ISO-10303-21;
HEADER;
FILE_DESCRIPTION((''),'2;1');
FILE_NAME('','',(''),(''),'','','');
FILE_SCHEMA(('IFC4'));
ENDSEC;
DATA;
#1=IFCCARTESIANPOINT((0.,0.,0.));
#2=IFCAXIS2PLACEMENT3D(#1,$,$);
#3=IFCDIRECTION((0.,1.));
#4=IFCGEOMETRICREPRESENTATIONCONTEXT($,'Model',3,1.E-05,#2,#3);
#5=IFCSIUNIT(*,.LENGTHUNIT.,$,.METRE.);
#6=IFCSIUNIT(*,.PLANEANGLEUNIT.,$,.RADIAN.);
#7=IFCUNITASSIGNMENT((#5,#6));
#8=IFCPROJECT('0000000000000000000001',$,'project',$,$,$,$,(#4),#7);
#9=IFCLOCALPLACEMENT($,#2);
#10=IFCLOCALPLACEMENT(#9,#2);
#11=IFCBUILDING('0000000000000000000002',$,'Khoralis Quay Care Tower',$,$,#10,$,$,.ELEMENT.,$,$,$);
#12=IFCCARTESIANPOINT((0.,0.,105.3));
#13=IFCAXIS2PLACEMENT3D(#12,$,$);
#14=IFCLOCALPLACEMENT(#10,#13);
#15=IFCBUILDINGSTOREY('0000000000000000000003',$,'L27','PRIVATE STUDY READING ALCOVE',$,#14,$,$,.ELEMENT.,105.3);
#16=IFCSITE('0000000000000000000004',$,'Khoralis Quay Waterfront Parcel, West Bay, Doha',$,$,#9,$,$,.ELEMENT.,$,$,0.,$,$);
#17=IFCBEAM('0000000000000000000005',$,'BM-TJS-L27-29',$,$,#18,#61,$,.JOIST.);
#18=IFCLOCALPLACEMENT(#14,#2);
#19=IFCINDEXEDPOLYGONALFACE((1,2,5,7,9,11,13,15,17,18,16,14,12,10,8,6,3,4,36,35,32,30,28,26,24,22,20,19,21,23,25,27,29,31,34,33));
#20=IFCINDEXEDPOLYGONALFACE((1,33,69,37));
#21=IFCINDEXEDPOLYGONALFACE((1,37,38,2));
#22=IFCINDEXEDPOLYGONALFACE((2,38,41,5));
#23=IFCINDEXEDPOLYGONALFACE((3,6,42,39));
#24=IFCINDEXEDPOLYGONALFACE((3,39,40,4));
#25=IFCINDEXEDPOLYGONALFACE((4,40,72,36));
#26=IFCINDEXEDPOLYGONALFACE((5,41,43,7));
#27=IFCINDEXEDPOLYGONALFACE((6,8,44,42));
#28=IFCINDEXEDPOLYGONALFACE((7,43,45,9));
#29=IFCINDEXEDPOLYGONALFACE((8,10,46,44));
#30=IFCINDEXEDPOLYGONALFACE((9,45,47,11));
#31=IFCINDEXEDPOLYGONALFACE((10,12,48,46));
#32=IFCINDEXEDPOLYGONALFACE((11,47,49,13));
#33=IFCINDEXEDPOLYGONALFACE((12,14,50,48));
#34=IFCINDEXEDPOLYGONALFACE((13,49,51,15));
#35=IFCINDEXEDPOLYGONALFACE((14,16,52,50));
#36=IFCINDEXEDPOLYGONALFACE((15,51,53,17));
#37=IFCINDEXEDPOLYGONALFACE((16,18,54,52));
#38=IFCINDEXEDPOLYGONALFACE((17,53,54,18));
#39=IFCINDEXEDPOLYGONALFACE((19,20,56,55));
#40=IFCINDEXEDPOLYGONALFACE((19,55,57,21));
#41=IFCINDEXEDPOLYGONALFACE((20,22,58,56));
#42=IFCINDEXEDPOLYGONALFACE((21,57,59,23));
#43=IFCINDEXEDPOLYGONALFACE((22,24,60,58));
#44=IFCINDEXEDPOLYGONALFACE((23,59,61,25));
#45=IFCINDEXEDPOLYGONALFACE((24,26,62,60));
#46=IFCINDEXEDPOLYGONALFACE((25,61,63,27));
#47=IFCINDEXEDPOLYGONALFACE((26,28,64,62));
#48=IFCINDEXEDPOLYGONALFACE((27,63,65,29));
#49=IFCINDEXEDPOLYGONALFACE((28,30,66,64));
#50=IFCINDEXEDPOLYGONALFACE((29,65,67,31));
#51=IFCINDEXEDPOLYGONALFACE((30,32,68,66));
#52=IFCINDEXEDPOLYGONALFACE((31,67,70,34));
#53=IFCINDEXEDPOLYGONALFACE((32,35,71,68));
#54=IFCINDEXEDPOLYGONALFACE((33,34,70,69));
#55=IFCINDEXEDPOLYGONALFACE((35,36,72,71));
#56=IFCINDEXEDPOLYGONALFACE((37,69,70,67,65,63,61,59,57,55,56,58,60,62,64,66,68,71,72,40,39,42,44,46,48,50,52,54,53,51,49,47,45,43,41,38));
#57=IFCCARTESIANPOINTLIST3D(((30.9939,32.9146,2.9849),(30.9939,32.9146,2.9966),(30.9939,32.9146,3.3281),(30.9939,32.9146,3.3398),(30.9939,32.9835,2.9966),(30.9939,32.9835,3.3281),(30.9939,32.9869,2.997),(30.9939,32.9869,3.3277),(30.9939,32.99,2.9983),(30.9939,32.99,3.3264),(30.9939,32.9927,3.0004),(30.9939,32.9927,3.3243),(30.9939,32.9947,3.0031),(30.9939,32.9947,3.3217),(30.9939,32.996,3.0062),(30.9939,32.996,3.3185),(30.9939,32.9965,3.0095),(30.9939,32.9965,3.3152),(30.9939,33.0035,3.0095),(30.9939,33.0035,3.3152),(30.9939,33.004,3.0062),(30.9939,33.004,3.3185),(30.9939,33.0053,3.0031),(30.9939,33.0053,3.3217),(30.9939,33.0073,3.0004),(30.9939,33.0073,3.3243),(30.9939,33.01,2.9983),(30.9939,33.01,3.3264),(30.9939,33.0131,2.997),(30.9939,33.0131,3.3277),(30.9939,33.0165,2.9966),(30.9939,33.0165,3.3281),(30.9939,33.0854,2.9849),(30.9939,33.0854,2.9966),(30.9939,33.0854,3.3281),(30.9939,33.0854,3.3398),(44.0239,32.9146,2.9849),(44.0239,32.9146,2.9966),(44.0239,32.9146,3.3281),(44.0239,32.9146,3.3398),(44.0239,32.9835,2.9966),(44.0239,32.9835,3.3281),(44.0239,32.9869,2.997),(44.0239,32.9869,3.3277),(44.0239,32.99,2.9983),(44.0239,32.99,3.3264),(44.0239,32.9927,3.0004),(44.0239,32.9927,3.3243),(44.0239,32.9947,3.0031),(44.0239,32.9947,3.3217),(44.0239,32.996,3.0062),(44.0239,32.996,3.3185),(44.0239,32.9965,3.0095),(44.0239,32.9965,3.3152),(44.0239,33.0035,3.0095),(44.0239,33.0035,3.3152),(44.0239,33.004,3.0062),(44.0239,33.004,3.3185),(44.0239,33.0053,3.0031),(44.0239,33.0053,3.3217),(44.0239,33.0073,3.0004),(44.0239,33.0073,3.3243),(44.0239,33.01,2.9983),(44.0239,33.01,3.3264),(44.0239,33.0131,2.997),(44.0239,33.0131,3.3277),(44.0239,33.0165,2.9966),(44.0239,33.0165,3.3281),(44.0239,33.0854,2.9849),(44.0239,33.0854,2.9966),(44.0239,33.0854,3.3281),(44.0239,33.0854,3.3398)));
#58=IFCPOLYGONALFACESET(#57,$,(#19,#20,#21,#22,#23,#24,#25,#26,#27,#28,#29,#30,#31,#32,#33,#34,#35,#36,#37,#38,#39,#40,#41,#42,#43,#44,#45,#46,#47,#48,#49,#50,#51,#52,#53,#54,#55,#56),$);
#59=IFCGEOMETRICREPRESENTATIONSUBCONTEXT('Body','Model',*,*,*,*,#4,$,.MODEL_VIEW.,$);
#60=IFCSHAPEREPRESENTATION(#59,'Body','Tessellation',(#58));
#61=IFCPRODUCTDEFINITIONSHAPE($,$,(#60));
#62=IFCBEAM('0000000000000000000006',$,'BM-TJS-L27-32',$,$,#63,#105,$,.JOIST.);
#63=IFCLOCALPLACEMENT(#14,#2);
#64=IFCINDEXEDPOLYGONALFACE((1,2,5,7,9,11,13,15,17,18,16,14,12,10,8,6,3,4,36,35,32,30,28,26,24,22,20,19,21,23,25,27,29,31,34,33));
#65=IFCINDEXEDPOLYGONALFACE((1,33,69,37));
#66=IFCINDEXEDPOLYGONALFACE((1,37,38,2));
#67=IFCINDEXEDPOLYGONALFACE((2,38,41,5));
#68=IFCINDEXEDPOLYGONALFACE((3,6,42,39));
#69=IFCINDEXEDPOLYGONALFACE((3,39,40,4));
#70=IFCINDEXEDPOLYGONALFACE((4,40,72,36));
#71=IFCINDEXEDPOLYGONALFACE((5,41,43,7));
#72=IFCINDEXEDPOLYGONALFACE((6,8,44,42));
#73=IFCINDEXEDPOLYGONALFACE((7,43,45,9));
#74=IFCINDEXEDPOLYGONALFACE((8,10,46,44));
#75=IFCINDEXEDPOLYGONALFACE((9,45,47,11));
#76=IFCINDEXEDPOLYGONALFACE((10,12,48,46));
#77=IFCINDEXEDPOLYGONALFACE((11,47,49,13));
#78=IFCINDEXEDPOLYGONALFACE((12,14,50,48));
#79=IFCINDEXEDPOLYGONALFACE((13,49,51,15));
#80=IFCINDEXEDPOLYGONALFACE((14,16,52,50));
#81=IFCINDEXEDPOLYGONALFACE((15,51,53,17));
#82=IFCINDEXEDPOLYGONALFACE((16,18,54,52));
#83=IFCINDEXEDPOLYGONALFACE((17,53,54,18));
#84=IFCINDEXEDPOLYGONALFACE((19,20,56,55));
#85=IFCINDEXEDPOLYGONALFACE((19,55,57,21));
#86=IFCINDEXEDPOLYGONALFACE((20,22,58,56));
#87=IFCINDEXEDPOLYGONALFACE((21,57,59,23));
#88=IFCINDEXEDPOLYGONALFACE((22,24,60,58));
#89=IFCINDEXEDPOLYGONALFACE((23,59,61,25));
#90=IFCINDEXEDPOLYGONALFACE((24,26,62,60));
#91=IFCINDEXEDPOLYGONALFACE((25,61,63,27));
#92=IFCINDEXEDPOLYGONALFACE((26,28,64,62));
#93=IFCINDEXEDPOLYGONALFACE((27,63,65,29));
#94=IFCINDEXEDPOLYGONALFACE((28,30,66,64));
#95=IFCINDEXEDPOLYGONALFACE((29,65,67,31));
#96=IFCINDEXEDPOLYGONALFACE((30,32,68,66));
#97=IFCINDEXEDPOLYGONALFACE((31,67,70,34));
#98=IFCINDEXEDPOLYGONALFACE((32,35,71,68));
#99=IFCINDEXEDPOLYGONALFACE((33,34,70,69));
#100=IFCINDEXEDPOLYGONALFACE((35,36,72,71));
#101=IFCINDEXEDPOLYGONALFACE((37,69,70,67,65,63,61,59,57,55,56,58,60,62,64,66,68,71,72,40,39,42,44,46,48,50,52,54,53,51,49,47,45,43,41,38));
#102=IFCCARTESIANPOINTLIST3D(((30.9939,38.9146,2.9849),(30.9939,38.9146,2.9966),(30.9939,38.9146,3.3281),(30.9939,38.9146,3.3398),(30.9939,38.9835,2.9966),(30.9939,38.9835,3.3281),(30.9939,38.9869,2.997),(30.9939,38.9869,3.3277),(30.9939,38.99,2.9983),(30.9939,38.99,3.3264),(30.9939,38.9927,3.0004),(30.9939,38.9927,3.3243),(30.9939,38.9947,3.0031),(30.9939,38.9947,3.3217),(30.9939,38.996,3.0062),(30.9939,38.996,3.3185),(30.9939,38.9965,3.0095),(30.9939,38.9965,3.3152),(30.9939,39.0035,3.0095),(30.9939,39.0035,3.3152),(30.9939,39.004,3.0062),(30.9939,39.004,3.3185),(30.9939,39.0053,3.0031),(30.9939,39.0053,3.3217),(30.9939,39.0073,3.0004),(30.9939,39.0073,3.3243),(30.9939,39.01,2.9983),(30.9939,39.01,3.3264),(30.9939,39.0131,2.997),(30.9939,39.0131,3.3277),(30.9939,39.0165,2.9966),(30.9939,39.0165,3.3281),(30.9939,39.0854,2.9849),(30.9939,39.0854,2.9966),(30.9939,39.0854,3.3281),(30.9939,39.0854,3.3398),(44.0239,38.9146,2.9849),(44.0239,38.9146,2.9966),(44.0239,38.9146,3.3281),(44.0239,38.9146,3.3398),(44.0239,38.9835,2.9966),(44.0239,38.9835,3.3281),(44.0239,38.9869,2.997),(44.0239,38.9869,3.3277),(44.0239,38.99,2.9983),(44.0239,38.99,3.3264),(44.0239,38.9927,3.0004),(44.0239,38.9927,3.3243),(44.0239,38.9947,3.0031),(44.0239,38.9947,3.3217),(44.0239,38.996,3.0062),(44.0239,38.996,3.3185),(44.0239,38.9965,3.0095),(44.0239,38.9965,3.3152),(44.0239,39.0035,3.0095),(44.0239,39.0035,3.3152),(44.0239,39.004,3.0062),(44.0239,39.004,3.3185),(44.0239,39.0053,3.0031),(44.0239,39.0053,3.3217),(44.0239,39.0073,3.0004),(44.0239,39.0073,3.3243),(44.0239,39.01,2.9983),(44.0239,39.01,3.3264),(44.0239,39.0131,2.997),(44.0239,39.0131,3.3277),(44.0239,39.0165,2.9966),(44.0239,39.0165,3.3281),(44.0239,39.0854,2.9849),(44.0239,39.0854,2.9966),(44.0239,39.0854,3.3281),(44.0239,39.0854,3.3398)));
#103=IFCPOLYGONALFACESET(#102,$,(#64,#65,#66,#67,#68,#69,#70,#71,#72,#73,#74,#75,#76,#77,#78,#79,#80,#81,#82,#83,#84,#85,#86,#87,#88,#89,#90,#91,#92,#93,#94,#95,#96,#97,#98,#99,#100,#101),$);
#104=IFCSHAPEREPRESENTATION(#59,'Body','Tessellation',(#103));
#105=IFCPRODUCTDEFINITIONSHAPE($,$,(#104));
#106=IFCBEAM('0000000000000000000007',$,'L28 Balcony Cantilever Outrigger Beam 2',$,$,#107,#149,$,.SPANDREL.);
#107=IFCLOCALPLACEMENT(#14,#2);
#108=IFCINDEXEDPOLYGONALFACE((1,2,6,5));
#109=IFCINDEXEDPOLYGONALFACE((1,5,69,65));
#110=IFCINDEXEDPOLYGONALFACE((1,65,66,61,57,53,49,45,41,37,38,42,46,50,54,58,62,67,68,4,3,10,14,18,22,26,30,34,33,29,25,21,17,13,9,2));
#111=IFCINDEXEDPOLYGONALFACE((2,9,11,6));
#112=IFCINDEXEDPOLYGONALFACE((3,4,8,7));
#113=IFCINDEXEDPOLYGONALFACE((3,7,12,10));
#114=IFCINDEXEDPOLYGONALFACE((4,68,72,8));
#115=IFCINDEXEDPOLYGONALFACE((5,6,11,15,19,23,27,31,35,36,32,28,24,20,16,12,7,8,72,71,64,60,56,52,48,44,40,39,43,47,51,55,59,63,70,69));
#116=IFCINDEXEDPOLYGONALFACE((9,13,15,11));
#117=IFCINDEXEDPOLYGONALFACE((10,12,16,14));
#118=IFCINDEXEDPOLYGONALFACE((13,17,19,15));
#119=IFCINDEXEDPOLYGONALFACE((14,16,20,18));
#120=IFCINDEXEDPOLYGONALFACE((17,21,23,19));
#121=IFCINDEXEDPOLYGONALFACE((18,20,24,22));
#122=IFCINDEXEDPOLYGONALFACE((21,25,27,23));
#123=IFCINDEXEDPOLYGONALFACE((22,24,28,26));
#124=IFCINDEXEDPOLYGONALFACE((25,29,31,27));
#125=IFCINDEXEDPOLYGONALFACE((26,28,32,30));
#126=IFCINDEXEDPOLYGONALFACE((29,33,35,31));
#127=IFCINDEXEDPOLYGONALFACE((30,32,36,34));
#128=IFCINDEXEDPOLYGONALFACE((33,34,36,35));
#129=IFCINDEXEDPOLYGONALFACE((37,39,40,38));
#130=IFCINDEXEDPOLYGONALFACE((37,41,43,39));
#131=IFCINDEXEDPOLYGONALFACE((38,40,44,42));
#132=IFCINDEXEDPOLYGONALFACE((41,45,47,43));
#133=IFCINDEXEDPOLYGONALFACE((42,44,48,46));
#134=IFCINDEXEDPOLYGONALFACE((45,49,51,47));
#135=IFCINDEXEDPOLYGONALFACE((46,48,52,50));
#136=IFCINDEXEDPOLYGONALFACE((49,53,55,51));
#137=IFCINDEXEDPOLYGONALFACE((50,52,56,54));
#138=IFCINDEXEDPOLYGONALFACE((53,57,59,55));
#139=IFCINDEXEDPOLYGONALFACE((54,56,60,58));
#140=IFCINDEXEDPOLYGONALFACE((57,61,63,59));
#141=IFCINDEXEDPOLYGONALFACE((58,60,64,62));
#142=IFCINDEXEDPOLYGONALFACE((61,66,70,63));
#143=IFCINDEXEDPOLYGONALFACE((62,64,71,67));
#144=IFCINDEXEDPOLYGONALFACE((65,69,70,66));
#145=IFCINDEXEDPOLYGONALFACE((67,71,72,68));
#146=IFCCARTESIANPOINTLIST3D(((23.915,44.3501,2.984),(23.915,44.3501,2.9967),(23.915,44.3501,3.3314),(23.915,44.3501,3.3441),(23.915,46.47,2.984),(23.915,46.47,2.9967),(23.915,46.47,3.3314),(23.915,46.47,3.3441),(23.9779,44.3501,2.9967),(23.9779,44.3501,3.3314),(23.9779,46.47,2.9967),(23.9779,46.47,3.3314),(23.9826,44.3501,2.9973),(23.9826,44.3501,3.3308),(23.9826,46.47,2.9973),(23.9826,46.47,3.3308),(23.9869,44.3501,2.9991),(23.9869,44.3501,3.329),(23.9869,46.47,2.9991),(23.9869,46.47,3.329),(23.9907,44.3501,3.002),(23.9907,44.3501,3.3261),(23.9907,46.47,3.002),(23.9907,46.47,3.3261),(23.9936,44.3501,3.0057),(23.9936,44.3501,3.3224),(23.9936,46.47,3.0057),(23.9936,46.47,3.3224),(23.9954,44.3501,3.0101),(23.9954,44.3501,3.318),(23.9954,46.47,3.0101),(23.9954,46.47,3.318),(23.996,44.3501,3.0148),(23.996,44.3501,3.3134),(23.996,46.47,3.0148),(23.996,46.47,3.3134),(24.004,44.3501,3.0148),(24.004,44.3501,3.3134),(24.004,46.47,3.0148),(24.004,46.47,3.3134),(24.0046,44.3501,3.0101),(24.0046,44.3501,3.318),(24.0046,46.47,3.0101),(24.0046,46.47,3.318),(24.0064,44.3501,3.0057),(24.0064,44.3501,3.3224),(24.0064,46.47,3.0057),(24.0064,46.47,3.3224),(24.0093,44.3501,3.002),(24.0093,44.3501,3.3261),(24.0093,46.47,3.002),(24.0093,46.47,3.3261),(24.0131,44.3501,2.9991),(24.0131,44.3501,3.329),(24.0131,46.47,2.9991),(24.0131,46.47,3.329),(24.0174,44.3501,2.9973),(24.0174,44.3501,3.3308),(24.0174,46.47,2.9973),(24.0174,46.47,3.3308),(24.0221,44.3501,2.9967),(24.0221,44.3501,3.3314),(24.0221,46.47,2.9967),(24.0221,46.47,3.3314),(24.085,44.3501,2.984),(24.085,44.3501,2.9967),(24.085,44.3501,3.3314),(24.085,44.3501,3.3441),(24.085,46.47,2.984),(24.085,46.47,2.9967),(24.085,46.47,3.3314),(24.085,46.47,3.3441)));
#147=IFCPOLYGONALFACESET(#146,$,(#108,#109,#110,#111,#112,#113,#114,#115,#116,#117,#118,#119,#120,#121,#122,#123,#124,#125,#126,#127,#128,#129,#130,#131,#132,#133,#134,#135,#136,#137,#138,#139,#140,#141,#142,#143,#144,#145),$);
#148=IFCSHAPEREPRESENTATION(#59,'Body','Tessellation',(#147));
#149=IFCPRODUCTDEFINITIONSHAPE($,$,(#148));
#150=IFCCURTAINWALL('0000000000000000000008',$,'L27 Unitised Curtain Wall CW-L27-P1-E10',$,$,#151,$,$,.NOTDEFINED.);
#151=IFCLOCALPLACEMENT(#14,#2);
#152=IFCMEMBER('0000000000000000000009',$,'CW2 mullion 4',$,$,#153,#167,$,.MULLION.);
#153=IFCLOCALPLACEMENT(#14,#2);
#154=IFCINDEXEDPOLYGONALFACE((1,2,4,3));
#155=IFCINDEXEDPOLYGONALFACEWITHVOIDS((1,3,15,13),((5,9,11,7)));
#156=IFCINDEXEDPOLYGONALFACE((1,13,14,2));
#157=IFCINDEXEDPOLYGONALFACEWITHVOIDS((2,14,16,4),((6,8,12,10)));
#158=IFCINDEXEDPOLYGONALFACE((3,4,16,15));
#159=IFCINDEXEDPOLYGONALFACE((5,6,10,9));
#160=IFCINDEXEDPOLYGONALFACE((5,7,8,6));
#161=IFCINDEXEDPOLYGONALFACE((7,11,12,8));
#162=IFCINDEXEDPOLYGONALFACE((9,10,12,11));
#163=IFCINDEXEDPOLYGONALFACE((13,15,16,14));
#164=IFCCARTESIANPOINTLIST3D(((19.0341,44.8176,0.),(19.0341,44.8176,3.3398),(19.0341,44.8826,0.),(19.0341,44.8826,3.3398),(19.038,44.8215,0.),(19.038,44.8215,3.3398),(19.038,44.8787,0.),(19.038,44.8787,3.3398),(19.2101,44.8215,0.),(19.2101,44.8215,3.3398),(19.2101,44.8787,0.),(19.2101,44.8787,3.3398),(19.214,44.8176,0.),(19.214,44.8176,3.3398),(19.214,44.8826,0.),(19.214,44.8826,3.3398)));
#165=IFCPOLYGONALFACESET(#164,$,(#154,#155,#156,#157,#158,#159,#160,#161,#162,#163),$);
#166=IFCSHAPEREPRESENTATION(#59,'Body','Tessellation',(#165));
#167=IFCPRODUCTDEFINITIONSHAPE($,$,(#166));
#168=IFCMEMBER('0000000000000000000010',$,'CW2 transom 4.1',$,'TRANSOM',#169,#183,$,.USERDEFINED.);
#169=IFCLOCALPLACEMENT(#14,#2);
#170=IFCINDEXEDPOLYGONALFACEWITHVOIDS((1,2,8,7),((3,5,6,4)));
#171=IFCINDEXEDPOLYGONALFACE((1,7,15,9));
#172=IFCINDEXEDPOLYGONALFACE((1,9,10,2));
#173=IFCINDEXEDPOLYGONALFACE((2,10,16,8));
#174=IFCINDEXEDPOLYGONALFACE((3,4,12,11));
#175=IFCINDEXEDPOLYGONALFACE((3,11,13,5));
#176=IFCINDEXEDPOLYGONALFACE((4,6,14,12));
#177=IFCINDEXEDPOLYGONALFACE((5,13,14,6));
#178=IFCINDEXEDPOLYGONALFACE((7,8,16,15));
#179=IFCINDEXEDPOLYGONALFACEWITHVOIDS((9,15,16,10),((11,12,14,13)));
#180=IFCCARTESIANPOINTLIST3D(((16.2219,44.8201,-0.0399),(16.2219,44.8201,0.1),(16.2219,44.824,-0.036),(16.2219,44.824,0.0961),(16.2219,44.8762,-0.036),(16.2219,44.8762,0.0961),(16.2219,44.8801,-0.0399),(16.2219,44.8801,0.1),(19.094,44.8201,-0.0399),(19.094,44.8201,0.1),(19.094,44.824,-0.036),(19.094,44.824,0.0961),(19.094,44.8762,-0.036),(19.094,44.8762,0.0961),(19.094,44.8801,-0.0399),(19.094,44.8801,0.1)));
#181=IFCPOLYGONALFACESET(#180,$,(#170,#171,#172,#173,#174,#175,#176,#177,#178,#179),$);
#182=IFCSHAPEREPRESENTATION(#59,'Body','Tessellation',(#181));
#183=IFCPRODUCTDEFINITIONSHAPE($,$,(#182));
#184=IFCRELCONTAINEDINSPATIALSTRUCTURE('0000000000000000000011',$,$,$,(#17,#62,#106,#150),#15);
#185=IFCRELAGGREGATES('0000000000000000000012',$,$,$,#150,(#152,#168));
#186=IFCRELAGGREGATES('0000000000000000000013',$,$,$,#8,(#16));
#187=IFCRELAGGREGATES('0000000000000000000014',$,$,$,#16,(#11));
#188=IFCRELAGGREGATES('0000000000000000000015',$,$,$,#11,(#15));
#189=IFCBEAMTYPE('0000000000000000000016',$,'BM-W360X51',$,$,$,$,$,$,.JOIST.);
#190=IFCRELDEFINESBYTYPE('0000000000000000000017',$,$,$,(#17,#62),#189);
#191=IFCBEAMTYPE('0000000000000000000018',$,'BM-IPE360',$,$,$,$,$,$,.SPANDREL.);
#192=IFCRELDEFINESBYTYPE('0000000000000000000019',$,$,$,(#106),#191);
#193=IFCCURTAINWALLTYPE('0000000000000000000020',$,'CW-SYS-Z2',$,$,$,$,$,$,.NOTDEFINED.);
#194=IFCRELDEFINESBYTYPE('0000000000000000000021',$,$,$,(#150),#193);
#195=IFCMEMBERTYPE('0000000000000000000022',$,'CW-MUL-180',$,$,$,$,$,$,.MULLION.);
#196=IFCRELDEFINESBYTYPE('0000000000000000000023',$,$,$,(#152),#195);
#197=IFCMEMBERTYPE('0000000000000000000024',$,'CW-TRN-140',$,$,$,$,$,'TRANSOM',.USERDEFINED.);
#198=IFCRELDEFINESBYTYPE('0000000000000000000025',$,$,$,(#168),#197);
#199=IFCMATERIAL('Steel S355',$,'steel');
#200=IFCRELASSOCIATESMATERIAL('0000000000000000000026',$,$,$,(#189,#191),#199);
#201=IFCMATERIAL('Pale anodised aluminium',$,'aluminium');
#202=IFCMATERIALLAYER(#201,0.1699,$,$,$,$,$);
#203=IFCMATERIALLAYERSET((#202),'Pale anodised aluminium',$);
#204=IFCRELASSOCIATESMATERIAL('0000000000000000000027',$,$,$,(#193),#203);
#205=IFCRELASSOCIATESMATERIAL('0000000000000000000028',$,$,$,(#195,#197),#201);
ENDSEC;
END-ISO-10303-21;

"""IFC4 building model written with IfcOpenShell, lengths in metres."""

from ifc_helpers import new_model, si_unit, direction, frame, origin, origin_2d, place, context, subcontext, project, spatial, hollow_rectangle, i_section, extrude, source, transform, mapped, material, layer, layer_set, material_profile, profile_set, type_object, element, aggregate, save


model = new_model("IFC4")

# Units and contexts
model_context = context("Model", 3, precision=1e-05, world=origin(), true_north=direction((0.0, 1.0)))
body_context = subcontext(model_context, "Body", "Model", "MODEL_VIEW")
ifc_project = project(units=[si_unit("LENGTHUNIT", "METRE"), si_unit("PLANEANGLEUNIT", "RADIAN")], contexts=[model_context])

# Site, building, storey
site_placement = place(None, origin())
site = spatial("IfcSite", under=ifc_project, at=site_placement, Name="Khoralis Quay Waterfront Parcel, West Bay, Doha", CompositionType="ELEMENT", RefElevation=0.0)
building_placement = place(site_placement, origin())
building = spatial("IfcBuilding", under=site, at=building_placement, Name="Khoralis Quay Care Tower", CompositionType="ELEMENT")
storey_placement = place(building_placement, frame((0.0, 0.0, 105.3)))
storey = spatial("IfcBuildingStorey", under=building, at=storey_placement, Name="L27", Description="PRIVATE STUDY READING ALCOVE", CompositionType="ELEMENT", Elevation=105.3)

# Beams
ifc_material_1 = material(Name="Steel S355", Category="steel")
ifc_material_profile_1 = material_profile(ifc_material_1, i_section(OverallWidth=0.1709, OverallDepth=0.355, WebThickness=0.0071, FlangeThickness=0.0117, FilletRadius=0.0129, at=origin_2d()), Name="Steel S355")
ifc_profile_set_1 = profile_set([ifc_material_profile_1], Name="Steel S355")
beam_type_1 = type_object("IfcBeamType", Name="BM-W360X51", PredefinedType="JOIST", material=ifc_profile_set_1)
shared_shape_1 = source(origin(), body_context, "Body", "SweptSolid", [
    extrude(i_section(OverallWidth=0.1709, OverallDepth=0.355, WebThickness=0.0071, FlangeThickness=0.0117, FilletRadius=0.0129, at=origin_2d()), origin(), (0.0, 0.0, 1.0), 13.03),
])
for number, where, z_axis, x_axis, name in (
    (1, (30.9939, 33.0, 3.1624), (1.0, 0.0, 0.0), (0.0, 1.0, 0.0), "BM-TJS-L27-29"),
    (2, (30.9939, 39.0, 3.1624), (1.0, 0.0, 0.0), (0.0, 1.0, 0.0), "BM-TJS-L27-32"),
):
    element("IfcBeam", number, at=place(storey_placement, frame(where, z_axis=z_axis, x_axis=x_axis)), inside=storey, type_object=beam_type_1, Name=name, PredefinedType="JOIST", context=body_context, shape_type="MappedRepresentation", body=[
        mapped(shared_shape_1, transform((0.0, 0.0, 0.0), scale=1.0)),
    ])
ifc_material_profile_2 = material_profile(ifc_material_1, i_section(OverallWidth=0.1699, OverallDepth=0.3601, WebThickness=0.0081, FlangeThickness=0.0127, FilletRadius=0.0181, at=origin_2d()), Name="Steel S355")
ifc_profile_set_2 = profile_set([ifc_material_profile_2], Name="Steel S355")
beam_type_2 = type_object("IfcBeamType", Name="BM-IPE360", PredefinedType="SPANDREL", material=ifc_profile_set_2)
shared_shape_2 = source(origin(), body_context, "Body", "SweptSolid", [
    extrude(i_section(OverallWidth=0.1699, OverallDepth=0.3601, WebThickness=0.0081, FlangeThickness=0.0127, FilletRadius=0.0181, at=origin_2d()), origin(), (0.0, 0.0, 1.0), 2.1199),
])
beam_1_placement = place(storey_placement, frame((24.0, 44.3501, 3.1641), z_axis=(0.0, 1.0, 0.0), x_axis=(-1.0, 0.0, 0.0)))
element("IfcBeam", 3, at=beam_1_placement, inside=storey, type_object=beam_type_2, Name="L28 Balcony Cantilever Outrigger Beam 2", PredefinedType="SPANDREL", context=body_context, shape_type="MappedRepresentation", body=[
    mapped(shared_shape_2, transform((0.0, 0.0, 0.0), scale=1.0)),
])

# Curtain wall, members
ifc_material_2 = material(Name="Pale anodised aluminium", Category="aluminium")
ifc_layer_1 = layer(ifc_material_2, 0.1699)
ifc_layer_set_1 = layer_set([ifc_layer_1], Name="Pale anodised aluminium")
curtain_wall_type = type_object("IfcCurtainWallType", Name="CW-SYS-Z2", PredefinedType="NOTDEFINED", material=ifc_layer_set_1)
curtain_wall_placement = place(storey_placement, origin())
curtain_wall = element("IfcCurtainWall", 4, at=curtain_wall_placement, inside=storey, type_object=curtain_wall_type, Name="L27 Unitised Curtain Wall CW-L27-P1-E10", PredefinedType="NOTDEFINED")
ifc_material_profile_3 = material_profile(ifc_material_2, hollow_rectangle(XDim=0.0649, YDim=0.1799, WallThickness=0.0039, at=origin_2d()), Name="Pale anodised aluminium")
ifc_profile_set_3 = profile_set([ifc_material_profile_3], Name="Pale anodised aluminium")
member_type_1 = type_object("IfcMemberType", Name="CW-MUL-180", PredefinedType="MULLION", material=ifc_profile_set_3)
shared_shape_3 = source(origin(), body_context, "Body", "SweptSolid", [
    extrude(hollow_rectangle(XDim=0.0649, YDim=0.1799, WallThickness=0.0039, at=origin_2d()), origin(), (0.0, 0.0, 1.0), 3.3398),
])
member_1_placement = place(storey_placement, frame((19.124, 44.8501, 0.0), z_axis=(0.0, 0.0, 1.0), x_axis=(0.0, -1.0, 0.0)))
member_1 = element("IfcMember", 5, at=member_1_placement, type_object=member_type_1, Name="CW2 mullion 4", PredefinedType="MULLION", context=body_context, shape_type="MappedRepresentation", body=[
    mapped(shared_shape_3, transform((0.0, 0.0, 0.0), scale=1.0)),
])
ifc_material_profile_4 = material_profile(ifc_material_2, hollow_rectangle(XDim=0.0601, YDim=0.1399, WallThickness=0.0039, at=origin_2d()), Name="Pale anodised aluminium")
ifc_profile_set_4 = profile_set([ifc_material_profile_4], Name="Pale anodised aluminium")
member_type_2 = type_object("IfcMemberType", Name="CW-TRN-140", ElementType="TRANSOM", PredefinedType="USERDEFINED", material=ifc_profile_set_4)
shared_shape_4 = source(origin(), body_context, "Body", "SweptSolid", [
    extrude(hollow_rectangle(XDim=0.0601, YDim=0.1399, WallThickness=0.0039, at=origin_2d()), origin(), (0.0, 0.0, 1.0), 2.8721),
])
member_2_placement = place(storey_placement, frame((19.094, 44.8501, 0.03), z_axis=(-1.0, 0.0, 0.0), x_axis=(0.0, -1.0, 0.0)))
member_2 = element("IfcMember", 6, at=member_2_placement, type_object=member_type_2, Name="CW2 transom 4.1", ObjectType="TRANSOM", PredefinedType="USERDEFINED", context=body_context, shape_type="MappedRepresentation", body=[
    mapped(shared_shape_4, transform((0.0, 0.0, 0.0), scale=1.0)),
])
aggregate(curtain_wall, [member_1, member_2])

save(model, "model.ifc")
